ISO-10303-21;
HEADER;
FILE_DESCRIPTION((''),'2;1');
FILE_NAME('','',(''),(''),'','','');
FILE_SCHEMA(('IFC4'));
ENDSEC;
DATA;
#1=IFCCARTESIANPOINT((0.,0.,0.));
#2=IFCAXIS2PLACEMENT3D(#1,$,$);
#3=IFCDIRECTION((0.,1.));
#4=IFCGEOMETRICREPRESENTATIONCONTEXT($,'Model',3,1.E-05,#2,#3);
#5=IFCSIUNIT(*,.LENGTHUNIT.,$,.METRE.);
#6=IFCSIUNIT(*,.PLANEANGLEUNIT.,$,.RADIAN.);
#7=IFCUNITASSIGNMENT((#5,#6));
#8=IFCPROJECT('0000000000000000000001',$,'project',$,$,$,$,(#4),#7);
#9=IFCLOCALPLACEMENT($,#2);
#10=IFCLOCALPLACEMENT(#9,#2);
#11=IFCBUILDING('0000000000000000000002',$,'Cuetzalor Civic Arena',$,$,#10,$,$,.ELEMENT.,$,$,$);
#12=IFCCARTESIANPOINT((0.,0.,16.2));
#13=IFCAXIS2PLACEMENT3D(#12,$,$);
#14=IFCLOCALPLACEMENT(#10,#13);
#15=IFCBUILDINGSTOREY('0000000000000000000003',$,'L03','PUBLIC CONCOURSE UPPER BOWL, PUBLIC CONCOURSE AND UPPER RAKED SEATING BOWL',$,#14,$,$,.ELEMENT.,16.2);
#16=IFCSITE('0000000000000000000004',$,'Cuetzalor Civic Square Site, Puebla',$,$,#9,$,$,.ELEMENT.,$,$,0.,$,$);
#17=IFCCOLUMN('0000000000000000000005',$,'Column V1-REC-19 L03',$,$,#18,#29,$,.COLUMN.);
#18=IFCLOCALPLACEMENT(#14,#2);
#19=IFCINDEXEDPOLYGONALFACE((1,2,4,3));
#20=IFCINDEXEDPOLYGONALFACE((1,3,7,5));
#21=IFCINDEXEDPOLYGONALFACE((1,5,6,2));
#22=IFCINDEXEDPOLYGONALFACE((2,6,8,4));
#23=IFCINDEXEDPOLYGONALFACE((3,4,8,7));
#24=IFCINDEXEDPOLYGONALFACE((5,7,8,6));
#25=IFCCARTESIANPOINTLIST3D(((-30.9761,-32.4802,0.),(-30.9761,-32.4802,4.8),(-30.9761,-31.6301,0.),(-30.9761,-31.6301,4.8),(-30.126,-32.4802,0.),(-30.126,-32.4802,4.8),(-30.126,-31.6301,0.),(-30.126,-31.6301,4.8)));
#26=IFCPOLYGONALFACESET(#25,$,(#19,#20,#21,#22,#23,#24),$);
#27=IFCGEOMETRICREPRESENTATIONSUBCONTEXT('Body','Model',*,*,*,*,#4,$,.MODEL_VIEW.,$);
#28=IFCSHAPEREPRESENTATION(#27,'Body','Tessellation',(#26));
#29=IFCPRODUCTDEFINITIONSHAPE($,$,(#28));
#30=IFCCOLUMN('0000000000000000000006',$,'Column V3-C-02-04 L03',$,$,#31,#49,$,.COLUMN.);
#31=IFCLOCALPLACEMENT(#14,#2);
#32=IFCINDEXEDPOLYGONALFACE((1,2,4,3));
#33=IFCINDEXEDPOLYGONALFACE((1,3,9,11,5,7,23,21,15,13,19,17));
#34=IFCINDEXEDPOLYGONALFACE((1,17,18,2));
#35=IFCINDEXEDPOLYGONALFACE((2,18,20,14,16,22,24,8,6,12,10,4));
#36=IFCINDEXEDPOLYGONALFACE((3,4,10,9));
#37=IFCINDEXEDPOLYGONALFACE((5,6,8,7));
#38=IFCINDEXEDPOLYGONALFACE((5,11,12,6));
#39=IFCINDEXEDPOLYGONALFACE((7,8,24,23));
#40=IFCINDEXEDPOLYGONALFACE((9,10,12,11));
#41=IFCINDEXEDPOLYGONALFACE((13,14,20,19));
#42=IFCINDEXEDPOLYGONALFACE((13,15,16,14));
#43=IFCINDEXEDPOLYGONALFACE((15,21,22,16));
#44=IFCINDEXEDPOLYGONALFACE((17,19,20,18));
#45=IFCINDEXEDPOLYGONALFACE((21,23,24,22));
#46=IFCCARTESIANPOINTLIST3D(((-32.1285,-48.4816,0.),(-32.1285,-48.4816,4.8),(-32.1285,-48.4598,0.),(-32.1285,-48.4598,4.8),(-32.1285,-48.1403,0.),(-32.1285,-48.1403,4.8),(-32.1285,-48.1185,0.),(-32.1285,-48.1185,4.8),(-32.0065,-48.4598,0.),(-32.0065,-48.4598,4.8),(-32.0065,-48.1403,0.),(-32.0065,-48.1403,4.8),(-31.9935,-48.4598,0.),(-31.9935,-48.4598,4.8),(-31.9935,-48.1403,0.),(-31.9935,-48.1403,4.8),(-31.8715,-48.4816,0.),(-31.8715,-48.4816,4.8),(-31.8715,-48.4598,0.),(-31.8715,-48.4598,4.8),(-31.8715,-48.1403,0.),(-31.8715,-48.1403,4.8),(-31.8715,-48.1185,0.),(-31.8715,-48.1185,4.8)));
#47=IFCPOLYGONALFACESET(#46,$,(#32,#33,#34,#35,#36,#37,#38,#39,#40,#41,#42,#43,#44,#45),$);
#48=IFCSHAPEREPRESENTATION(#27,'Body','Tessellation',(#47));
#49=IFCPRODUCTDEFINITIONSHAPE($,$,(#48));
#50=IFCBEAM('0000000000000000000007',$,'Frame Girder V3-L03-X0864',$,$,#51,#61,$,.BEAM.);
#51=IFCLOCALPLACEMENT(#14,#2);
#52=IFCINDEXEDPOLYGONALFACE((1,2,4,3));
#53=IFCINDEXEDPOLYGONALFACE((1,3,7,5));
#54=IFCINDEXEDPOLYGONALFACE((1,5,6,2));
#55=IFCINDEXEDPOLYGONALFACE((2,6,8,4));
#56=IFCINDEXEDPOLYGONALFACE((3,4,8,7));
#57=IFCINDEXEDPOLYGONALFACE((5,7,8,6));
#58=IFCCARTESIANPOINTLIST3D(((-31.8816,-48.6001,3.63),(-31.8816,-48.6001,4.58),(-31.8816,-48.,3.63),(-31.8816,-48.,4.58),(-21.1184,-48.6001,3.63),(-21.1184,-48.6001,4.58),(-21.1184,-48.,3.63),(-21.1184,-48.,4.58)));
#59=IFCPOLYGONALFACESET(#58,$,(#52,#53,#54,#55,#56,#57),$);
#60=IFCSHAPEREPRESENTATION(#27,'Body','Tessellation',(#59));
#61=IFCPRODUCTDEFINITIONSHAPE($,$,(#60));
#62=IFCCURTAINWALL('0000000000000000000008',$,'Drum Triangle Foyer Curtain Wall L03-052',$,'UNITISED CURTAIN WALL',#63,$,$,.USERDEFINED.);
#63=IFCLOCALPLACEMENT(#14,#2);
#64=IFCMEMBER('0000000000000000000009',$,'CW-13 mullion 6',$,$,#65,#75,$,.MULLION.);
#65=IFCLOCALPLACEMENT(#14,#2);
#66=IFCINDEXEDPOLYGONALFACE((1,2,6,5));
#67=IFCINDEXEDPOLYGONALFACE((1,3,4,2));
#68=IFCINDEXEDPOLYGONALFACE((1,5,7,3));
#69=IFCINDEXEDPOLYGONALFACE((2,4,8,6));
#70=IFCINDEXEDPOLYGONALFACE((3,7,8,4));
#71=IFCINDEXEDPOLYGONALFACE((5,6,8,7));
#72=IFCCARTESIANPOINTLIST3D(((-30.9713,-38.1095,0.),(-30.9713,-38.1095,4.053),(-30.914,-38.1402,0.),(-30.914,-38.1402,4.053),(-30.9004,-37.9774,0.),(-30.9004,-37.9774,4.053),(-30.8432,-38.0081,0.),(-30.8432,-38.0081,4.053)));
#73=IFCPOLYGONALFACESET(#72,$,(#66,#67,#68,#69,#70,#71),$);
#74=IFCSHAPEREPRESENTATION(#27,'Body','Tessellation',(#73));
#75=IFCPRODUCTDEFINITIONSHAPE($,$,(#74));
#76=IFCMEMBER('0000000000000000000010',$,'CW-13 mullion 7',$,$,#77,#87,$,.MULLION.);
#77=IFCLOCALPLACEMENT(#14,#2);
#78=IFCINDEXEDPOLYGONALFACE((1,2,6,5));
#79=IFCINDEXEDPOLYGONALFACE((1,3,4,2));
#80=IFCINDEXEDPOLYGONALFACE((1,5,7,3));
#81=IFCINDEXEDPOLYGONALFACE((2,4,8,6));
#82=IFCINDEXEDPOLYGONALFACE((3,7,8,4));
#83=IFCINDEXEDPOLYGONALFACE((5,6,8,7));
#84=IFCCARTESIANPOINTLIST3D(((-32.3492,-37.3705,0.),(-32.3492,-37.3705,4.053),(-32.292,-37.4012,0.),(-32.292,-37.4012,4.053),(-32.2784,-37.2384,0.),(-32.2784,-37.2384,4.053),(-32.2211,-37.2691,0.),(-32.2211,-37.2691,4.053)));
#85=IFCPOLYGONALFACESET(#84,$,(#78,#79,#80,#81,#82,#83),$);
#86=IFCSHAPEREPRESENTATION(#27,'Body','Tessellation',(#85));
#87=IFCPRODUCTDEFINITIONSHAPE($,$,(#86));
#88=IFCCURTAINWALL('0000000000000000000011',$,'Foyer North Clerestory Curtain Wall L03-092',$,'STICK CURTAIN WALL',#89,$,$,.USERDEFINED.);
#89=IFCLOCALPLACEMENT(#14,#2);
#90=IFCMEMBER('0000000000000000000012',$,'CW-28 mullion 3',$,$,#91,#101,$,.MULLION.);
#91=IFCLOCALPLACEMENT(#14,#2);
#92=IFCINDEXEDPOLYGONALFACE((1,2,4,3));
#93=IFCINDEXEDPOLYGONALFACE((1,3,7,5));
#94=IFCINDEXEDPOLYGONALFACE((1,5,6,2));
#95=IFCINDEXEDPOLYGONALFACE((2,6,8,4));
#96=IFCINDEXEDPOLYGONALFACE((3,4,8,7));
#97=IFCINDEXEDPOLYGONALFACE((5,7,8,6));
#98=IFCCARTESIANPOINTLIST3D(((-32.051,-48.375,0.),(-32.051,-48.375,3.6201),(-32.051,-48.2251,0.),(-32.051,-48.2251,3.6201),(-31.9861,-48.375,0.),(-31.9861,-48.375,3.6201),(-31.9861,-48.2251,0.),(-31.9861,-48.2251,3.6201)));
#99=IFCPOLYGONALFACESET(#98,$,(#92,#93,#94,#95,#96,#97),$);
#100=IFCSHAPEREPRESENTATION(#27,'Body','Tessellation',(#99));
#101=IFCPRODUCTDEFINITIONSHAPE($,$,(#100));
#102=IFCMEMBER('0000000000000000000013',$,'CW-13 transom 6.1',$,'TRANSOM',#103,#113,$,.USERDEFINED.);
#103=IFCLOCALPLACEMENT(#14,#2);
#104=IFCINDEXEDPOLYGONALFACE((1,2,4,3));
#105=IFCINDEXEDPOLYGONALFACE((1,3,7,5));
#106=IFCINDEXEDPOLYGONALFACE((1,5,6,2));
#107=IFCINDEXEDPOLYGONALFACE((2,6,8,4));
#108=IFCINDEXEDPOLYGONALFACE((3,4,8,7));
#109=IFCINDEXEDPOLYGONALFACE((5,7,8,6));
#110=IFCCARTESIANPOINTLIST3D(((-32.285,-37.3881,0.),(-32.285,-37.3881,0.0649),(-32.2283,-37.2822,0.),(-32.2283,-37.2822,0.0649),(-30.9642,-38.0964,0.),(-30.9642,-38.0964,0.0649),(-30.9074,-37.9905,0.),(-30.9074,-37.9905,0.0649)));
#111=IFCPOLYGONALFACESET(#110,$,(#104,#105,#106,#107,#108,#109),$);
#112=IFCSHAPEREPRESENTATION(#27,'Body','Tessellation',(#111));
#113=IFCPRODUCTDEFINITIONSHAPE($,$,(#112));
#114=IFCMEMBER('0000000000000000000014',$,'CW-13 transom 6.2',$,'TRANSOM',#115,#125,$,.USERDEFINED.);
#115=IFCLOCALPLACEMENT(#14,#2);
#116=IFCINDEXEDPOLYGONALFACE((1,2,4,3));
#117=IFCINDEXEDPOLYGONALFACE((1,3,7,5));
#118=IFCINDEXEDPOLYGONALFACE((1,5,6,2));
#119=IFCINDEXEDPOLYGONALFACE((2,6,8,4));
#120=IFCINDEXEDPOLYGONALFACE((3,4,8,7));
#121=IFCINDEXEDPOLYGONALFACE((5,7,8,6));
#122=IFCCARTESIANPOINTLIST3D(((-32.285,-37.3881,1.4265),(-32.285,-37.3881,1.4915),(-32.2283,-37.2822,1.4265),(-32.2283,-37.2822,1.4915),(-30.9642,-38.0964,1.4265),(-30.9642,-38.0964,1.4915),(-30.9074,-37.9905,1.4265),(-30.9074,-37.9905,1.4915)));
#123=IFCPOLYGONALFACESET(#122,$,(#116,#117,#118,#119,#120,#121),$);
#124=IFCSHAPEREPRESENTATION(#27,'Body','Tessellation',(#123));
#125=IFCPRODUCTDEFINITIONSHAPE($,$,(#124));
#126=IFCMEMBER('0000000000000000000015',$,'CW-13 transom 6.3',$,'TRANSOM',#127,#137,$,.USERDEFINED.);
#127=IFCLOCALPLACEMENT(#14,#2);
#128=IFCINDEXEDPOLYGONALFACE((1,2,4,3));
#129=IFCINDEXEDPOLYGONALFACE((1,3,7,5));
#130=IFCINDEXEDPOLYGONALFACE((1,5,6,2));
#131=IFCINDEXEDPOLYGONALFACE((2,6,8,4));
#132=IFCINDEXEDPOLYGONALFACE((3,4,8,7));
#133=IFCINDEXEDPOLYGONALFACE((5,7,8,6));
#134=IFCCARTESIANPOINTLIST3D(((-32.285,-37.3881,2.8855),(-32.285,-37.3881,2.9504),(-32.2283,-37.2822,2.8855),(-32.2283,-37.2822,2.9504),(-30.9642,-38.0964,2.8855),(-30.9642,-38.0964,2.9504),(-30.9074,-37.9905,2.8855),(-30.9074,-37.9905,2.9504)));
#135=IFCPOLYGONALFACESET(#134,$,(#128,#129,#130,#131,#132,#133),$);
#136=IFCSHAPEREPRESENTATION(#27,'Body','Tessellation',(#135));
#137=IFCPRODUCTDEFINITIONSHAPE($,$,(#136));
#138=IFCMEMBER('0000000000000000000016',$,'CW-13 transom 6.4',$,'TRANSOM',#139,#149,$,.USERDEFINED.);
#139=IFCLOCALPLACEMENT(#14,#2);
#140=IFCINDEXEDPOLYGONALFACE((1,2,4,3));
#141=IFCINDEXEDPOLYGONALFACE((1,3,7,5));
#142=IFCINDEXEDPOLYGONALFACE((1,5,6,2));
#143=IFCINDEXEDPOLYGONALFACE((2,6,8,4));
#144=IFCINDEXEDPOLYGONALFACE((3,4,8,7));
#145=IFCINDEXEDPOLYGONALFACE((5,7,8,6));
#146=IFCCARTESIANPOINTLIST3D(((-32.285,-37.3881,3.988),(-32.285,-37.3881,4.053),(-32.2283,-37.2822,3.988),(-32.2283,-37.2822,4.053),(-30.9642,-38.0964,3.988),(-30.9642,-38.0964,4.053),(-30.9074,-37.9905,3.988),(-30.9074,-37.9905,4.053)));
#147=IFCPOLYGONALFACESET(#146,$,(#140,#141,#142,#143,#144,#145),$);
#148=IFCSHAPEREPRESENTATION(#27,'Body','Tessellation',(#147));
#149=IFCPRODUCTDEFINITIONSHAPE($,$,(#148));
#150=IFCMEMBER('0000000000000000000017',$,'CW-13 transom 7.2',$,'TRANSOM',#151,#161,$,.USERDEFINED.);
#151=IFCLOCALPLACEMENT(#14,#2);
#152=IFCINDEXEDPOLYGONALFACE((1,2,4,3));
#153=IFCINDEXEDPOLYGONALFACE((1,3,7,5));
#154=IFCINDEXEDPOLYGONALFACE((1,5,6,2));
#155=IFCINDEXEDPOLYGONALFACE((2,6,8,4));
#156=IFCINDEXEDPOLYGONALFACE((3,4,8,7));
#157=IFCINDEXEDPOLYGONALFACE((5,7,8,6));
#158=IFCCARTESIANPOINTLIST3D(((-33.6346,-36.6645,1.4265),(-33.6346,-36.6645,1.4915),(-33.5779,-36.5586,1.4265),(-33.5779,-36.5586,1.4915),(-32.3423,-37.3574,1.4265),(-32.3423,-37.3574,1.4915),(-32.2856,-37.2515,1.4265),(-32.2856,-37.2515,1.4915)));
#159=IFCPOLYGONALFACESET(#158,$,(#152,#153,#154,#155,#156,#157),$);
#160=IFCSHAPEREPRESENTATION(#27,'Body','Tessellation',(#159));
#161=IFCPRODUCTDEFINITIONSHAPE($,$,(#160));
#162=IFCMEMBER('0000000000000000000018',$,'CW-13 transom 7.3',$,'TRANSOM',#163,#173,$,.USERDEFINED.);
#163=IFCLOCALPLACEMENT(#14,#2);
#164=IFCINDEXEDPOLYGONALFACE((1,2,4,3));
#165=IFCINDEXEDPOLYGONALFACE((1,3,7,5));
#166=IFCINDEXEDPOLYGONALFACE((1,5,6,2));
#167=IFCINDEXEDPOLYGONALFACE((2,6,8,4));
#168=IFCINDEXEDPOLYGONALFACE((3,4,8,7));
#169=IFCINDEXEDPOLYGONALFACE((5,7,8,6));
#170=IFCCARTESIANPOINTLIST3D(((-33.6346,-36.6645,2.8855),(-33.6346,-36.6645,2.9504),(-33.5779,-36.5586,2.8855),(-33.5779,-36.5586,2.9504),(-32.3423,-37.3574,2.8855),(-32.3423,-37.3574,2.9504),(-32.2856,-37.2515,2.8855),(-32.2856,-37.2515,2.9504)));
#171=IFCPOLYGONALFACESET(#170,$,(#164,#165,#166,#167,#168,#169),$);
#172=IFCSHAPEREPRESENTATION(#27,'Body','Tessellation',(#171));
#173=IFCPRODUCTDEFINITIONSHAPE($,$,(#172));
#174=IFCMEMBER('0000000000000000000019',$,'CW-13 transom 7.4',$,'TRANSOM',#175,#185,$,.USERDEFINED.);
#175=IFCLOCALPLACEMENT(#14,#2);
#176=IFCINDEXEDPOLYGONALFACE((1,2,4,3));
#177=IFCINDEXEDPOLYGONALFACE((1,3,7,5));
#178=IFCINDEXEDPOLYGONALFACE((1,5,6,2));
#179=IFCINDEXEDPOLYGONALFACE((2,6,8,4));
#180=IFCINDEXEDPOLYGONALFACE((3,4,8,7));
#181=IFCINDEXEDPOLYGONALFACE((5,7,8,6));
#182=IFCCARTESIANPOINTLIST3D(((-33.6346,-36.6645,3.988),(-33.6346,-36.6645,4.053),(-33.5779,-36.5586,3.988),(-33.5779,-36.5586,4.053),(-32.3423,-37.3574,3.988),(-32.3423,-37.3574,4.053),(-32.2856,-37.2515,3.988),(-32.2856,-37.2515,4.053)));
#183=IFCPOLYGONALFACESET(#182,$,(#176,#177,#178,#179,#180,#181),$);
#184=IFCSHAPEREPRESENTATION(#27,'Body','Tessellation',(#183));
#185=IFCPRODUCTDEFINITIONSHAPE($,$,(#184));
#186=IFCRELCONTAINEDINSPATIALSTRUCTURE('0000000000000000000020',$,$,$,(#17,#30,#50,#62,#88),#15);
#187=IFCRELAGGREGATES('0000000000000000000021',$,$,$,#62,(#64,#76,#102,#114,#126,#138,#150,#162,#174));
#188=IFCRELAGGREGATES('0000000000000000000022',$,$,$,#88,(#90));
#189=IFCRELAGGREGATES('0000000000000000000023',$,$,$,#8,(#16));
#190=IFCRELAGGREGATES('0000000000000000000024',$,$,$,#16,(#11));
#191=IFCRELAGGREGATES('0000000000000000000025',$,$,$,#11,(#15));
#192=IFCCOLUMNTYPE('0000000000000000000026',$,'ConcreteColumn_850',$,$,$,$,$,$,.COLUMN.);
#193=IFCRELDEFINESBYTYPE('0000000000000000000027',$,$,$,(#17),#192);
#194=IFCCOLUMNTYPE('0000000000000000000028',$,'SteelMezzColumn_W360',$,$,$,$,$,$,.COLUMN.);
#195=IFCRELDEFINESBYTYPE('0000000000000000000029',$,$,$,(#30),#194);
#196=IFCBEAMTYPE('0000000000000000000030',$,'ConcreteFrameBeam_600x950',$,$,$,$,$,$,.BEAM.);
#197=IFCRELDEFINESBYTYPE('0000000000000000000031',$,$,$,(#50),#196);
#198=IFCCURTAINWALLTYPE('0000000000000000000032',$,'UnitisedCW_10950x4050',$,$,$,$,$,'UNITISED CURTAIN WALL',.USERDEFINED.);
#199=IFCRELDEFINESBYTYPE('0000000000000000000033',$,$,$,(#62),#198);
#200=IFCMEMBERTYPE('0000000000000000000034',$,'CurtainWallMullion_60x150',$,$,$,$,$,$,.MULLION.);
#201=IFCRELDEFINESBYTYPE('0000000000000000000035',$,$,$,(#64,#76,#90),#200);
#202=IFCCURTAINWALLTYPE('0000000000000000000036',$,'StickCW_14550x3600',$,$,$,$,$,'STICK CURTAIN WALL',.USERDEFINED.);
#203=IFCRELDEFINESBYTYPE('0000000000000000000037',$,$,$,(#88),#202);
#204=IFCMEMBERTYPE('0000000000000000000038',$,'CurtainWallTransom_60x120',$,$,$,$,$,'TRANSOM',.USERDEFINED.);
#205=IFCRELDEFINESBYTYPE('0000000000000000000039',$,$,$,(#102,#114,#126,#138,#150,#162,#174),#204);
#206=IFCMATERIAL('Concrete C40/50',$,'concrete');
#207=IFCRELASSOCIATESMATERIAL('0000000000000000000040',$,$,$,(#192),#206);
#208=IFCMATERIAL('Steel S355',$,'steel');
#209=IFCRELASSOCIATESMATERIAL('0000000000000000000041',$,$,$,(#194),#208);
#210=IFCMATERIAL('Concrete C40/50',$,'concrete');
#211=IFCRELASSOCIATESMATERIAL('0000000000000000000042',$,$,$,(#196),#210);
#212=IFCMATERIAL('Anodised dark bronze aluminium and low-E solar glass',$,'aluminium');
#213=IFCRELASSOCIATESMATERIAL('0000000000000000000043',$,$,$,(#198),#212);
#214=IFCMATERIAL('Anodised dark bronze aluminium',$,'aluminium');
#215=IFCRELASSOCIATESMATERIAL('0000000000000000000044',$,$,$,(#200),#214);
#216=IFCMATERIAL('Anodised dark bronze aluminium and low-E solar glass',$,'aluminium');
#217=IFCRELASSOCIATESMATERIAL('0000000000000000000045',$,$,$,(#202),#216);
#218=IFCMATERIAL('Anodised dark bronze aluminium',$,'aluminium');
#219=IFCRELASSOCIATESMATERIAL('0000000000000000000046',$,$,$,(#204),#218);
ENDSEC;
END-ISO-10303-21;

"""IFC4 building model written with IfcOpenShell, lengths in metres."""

from ifc_helpers import new_model, si_unit, direction, frame, origin, origin_2d, place, context, subcontext, project, spatial, rectangle, i_section, extrude, material, material_profile, profile_set, type_object, element, aggregate, save


model = new_model("IFC4")

# Units and contexts
model_context = context("Model", 3, precision=1e-05, world=origin(), true_north=direction((0.0, 1.0)))
body_context = subcontext(model_context, "Body", "Model", "MODEL_VIEW")
ifc_project = project(units=[si_unit("LENGTHUNIT", "METRE"), si_unit("PLANEANGLEUNIT", "RADIAN")], contexts=[model_context])

# Site, building, storey
site_placement = place(None, origin())
site = spatial("IfcSite", under=ifc_project, at=site_placement, Name="Cuetzalor Civic Square Site, Puebla", CompositionType="ELEMENT", RefElevation=0.0)
building_placement = place(site_placement, origin())
building = spatial("IfcBuilding", under=site, at=building_placement, Name="Cuetzalor Civic Arena", CompositionType="ELEMENT")
storey_placement = place(building_placement, frame((0.0, 0.0, 16.2)))
storey = spatial("IfcBuildingStorey", under=building, at=storey_placement, Name="L03", Description="PUBLIC CONCOURSE UPPER BOWL, PUBLIC CONCOURSE AND UPPER RAKED SEATING BOWL", CompositionType="ELEMENT", Elevation=16.2)

# Columns
ifc_material_1 = material(Name="Concrete C40/50", Category="concrete")
ifc_material_profile_1 = material_profile(ifc_material_1, rectangle(XDim=0.8501, YDim=0.8501, at=origin_2d()), Name="RC 850x850")
ifc_profile_set_1 = profile_set([ifc_material_profile_1], Name="Concrete C40/50")
column_type_1 = type_object("IfcColumnType", Name="ConcreteColumn_850", PredefinedType="COLUMN", material=ifc_profile_set_1)
column_1_placement = place(storey_placement, frame((-30.551, -32.0552, 0.0), z_axis=(0.0, 0.0, 1.0), x_axis=(1.0, 0.0, 0.0)))
element("IfcColumn", 1, at=column_1_placement, inside=storey, type_object=column_type_1, Name="Column V1-REC-19 L03", PredefinedType="COLUMN", context=body_context, shape_type="SweptSolid", body=[
    extrude(rectangle(XDim=0.8501, YDim=0.8501, at=origin_2d()), origin(), (0.0, 0.0, 1.0), 4.8),
])
ifc_material_2 = material(Name="Steel S355", Category="steel")
ifc_material_profile_2 = material_profile(ifc_material_2, i_section(OverallWidth=0.2571, OverallDepth=0.363, WebThickness=0.0129, FlangeThickness=0.0217, at=origin_2d()), Name="W360x122")
ifc_profile_set_2 = profile_set([ifc_material_profile_2], Name="Steel S355")
column_type_2 = type_object("IfcColumnType", Name="SteelMezzColumn_W360", PredefinedType="COLUMN", material=ifc_profile_set_2)
column_2_placement = place(storey_placement, frame((-32.0, -48.3, 0.0), z_axis=(0.0, 0.0, 1.0), x_axis=(1.0, 0.0, 0.0)))
element("IfcColumn", 2, at=column_2_placement, inside=storey, type_object=column_type_2, Name="Column V3-C-02-04 L03", PredefinedType="COLUMN", context=body_context, shape_type="SweptSolid", body=[
    extrude(i_section(OverallWidth=0.2571, OverallDepth=0.363, WebThickness=0.0129, FlangeThickness=0.0217, at=origin_2d()), origin(), (0.0, 0.0, 1.0), 4.8),
])

# Beam
ifc_material_3 = material(Name="Concrete C40/50", Category="concrete")
ifc_material_profile_3 = material_profile(ifc_material_3, rectangle(XDim=0.6001, YDim=0.95, at=origin_2d()), Name="RC 600x950")
ifc_profile_set_3 = profile_set([ifc_material_profile_3], Name="Concrete C40/50")
beam_type_1 = type_object("IfcBeamType", Name="ConcreteFrameBeam_600x950", PredefinedType="BEAM", material=ifc_profile_set_3)
beam_1_placement = place(storey_placement, frame((-31.8816, -48.3, 4.105), z_axis=(1.0, 0.0, 0.0), x_axis=(0.0, 1.0, 0.0)))
element("IfcBeam", 3, at=beam_1_placement, inside=storey, type_object=beam_type_1, Name="Frame Girder V3-L03-X0864", PredefinedType="BEAM", context=body_context, shape_type="SweptSolid", body=[
    extrude(rectangle(XDim=0.6001, YDim=0.95, at=origin_2d()), origin(), (0.0, 0.0, 1.0), 10.7632),
])

# Curtain wall, members
ifc_material_4 = material(Name="Anodised dark bronze aluminium and low-E solar glass", Category="aluminium")
curtain_wall_type_1 = type_object("IfcCurtainWallType", Name="UnitisedCW_10950x4050", ElementType="UNITISED CURTAIN WALL", PredefinedType="USERDEFINED", material=ifc_material_4)
curtain_wall_1_placement = place(storey_placement, origin())
curtain_wall_1 = element("IfcCurtainWall", 4, at=curtain_wall_1_placement, inside=storey, type_object=curtain_wall_type_1, Name="Drum Triangle Foyer Curtain Wall L03-052", ObjectType="UNITISED CURTAIN WALL", PredefinedType="USERDEFINED")
ifc_material_5 = material(Name="Anodised dark bronze aluminium", Category="aluminium")
ifc_material_profile_4 = material_profile(ifc_material_5, rectangle(XDim=0.0649, YDim=0.1499, at=origin_2d()), Name="ALU MULLION 65x150")
ifc_profile_set_4 = profile_set([ifc_material_profile_4], Name="Anodised dark bronze aluminium")
member_type_1 = type_object("IfcMemberType", Name="CurtainWallMullion_60x150", PredefinedType="MULLION", material=ifc_profile_set_4)
member_1_placement = place(storey_placement, frame((-30.9072, -38.0588, 0.0), z_axis=(0.0, 0.0, 1.0), x_axis=(-0.881306, 0.472545, 0.0)))
member_1 = element("IfcMember", 5, at=member_1_placement, type_object=member_type_1, Name="CW-13 mullion 6", PredefinedType="MULLION", context=body_context, shape_type="SweptSolid", body=[
    extrude(rectangle(XDim=0.0649, YDim=0.1499, at=origin_2d()), origin(), (0.0, 0.0, 1.0), 4.053),
])
member_2_placement = place(storey_placement, frame((-32.2852, -37.3198, 0.0), z_axis=(0.0, 0.0, 1.0), x_axis=(-0.881306, 0.472545, 0.0)))
member_2 = element("IfcMember", 6, at=member_2_placement, type_object=member_type_1, Name="CW-13 mullion 7", PredefinedType="MULLION", context=body_context, shape_type="SweptSolid", body=[
    extrude(rectangle(XDim=0.0649, YDim=0.1499, at=origin_2d()), origin(), (0.0, 0.0, 1.0), 4.053),
])

# Curtain wall, member
ifc_material_6 = material(Name="Anodised dark bronze aluminium and low-E solar glass", Category="aluminium")
curtain_wall_type_2 = type_object("IfcCurtainWallType", Name="StickCW_14550x3600", ElementType="STICK CURTAIN WALL", PredefinedType="USERDEFINED", material=ifc_material_6)
curtain_wall_2_placement = place(storey_placement, origin())
curtain_wall_2 = element("IfcCurtainWall", 7, at=curtain_wall_2_placement, inside=storey, type_object=curtain_wall_type_2, Name="Foyer North Clerestory Curtain Wall L03-092", ObjectType="STICK CURTAIN WALL", PredefinedType="USERDEFINED")
member_3_placement = place(storey_placement, frame((-32.0186, -48.3, 0.0), z_axis=(0.0, 0.0, 1.0), x_axis=(1.0, 0.0, 0.0)))
member_3 = element("IfcMember", 8, at=member_3_placement, type_object=member_type_1, Name="CW-28 mullion 3", PredefinedType="MULLION", context=body_context, shape_type="SweptSolid", body=[
    extrude(rectangle(XDim=0.0649, YDim=0.1499, at=origin_2d()), origin(), (0.0, 0.0, 1.0), 3.6201),
])

# Members
ifc_material_7 = material(Name="Anodised dark bronze aluminium", Category="aluminium")
ifc_material_profile_5 = material_profile(ifc_material_7, rectangle(XDim=0.1201, YDim=0.0649, at=origin_2d()), Name="ALU TRANSOM 65x120")
ifc_profile_set_5 = profile_set([ifc_material_profile_5], Name="Anodised dark bronze aluminium")
member_type_2 = type_object("IfcMemberType", Name="CurtainWallTransom_60x120", ElementType="TRANSOM", PredefinedType="USERDEFINED", material=ifc_profile_set_5)
member_4_placement = place(storey_placement, frame((-30.9358, -38.0435, 0.0325), z_axis=(-0.881291, 0.472574, 0.0), x_axis=(-0.472574, -0.881291, 0.0)))
member_4 = element("IfcMember", 9, at=member_4_placement, type_object=member_type_2, Name="CW-13 transom 6.1", ObjectType="TRANSOM", PredefinedType="USERDEFINED", context=body_context, shape_type="SweptSolid", body=[
    extrude(rectangle(XDim=0.1201, YDim=0.0649, at=origin_2d()), origin(), (0.0, 0.0, 1.0), 1.4988),
])
member_5_placement = place(storey_placement, frame((-30.9358, -38.0435, 1.459), z_axis=(-0.881291, 0.472574, 0.0), x_axis=(-0.472574, -0.881291, 0.0)))
member_5 = element("IfcMember", 10, at=member_5_placement, type_object=member_type_2, Name="CW-13 transom 6.2", ObjectType="TRANSOM", PredefinedType="USERDEFINED", context=body_context, shape_type="SweptSolid", body=[
    extrude(rectangle(XDim=0.1201, YDim=0.0649, at=origin_2d()), origin(), (0.0, 0.0, 1.0), 1.4988),
])
member_6_placement = place(storey_placement, frame((-30.9358, -38.0435, 2.918), z_axis=(-0.881291, 0.472574, 0.0), x_axis=(-0.472574, -0.881291, 0.0)))
member_6 = element("IfcMember", 11, at=member_6_placement, type_object=member_type_2, Name="CW-13 transom 6.3", ObjectType="TRANSOM", PredefinedType="USERDEFINED", context=body_context, shape_type="SweptSolid", body=[
    extrude(rectangle(XDim=0.1201, YDim=0.0649, at=origin_2d()), origin(), (0.0, 0.0, 1.0), 1.4988),
])
member_7_placement = place(storey_placement, frame((-30.9358, -38.0435, 4.0205), z_axis=(-0.881291, 0.472574, 0.0), x_axis=(-0.472574, -0.881291, 0.0)))
member_7 = element("IfcMember", 12, at=member_7_placement, type_object=member_type_2, Name="CW-13 transom 6.4", ObjectType="TRANSOM", PredefinedType="USERDEFINED", context=body_context, shape_type="SweptSolid", body=[
    extrude(rectangle(XDim=0.1201, YDim=0.0649, at=origin_2d()), origin(), (0.0, 0.0, 1.0), 1.4988),
])
member_8_placement = place(storey_placement, frame((-32.314, -37.3044, 1.459), z_axis=(-0.881309, 0.47254, 0.0), x_axis=(-0.47254, -0.881309, 0.0)))
member_8 = element("IfcMember", 13, at=member_8_placement, type_object=member_type_2, Name="CW-13 transom 7.2", ObjectType="TRANSOM", PredefinedType="USERDEFINED", context=body_context, shape_type="SweptSolid", body=[
    extrude(rectangle(XDim=0.1201, YDim=0.0649, at=origin_2d()), origin(), (0.0, 0.0, 1.0), 1.4663),
])
member_9_placement = place(storey_placement, frame((-32.314, -37.3044, 2.918), z_axis=(-0.881309, 0.47254, 0.0), x_axis=(-0.47254, -0.881309, 0.0)))
member_9 = element("IfcMember", 14, at=member_9_placement, type_object=member_type_2, Name="CW-13 transom 7.3", ObjectType="TRANSOM", PredefinedType="USERDEFINED", context=body_context, shape_type="SweptSolid", body=[
    extrude(rectangle(XDim=0.1201, YDim=0.0649, at=origin_2d()), origin(), (0.0, 0.0, 1.0), 1.4663),
])
member_10_placement = place(storey_placement, frame((-32.314, -37.3044, 4.0205), z_axis=(-0.881309, 0.47254, 0.0), x_axis=(-0.47254, -0.881309, 0.0)))
member_10 = element("IfcMember", 15, at=member_10_placement, type_object=member_type_2, Name="CW-13 transom 7.4", ObjectType="TRANSOM", PredefinedType="USERDEFINED", context=body_context, shape_type="SweptSolid", body=[
    extrude(rectangle(XDim=0.1201, YDim=0.0649, at=origin_2d()), origin(), (0.0, 0.0, 1.0), 1.4663),
])

aggregate(curtain_wall_1, [member_1, member_2, member_4, member_5, member_6, member_7, member_8, member_9, member_10])
aggregate(curtain_wall_2, [member_3])

save(model, "model.ifc")
